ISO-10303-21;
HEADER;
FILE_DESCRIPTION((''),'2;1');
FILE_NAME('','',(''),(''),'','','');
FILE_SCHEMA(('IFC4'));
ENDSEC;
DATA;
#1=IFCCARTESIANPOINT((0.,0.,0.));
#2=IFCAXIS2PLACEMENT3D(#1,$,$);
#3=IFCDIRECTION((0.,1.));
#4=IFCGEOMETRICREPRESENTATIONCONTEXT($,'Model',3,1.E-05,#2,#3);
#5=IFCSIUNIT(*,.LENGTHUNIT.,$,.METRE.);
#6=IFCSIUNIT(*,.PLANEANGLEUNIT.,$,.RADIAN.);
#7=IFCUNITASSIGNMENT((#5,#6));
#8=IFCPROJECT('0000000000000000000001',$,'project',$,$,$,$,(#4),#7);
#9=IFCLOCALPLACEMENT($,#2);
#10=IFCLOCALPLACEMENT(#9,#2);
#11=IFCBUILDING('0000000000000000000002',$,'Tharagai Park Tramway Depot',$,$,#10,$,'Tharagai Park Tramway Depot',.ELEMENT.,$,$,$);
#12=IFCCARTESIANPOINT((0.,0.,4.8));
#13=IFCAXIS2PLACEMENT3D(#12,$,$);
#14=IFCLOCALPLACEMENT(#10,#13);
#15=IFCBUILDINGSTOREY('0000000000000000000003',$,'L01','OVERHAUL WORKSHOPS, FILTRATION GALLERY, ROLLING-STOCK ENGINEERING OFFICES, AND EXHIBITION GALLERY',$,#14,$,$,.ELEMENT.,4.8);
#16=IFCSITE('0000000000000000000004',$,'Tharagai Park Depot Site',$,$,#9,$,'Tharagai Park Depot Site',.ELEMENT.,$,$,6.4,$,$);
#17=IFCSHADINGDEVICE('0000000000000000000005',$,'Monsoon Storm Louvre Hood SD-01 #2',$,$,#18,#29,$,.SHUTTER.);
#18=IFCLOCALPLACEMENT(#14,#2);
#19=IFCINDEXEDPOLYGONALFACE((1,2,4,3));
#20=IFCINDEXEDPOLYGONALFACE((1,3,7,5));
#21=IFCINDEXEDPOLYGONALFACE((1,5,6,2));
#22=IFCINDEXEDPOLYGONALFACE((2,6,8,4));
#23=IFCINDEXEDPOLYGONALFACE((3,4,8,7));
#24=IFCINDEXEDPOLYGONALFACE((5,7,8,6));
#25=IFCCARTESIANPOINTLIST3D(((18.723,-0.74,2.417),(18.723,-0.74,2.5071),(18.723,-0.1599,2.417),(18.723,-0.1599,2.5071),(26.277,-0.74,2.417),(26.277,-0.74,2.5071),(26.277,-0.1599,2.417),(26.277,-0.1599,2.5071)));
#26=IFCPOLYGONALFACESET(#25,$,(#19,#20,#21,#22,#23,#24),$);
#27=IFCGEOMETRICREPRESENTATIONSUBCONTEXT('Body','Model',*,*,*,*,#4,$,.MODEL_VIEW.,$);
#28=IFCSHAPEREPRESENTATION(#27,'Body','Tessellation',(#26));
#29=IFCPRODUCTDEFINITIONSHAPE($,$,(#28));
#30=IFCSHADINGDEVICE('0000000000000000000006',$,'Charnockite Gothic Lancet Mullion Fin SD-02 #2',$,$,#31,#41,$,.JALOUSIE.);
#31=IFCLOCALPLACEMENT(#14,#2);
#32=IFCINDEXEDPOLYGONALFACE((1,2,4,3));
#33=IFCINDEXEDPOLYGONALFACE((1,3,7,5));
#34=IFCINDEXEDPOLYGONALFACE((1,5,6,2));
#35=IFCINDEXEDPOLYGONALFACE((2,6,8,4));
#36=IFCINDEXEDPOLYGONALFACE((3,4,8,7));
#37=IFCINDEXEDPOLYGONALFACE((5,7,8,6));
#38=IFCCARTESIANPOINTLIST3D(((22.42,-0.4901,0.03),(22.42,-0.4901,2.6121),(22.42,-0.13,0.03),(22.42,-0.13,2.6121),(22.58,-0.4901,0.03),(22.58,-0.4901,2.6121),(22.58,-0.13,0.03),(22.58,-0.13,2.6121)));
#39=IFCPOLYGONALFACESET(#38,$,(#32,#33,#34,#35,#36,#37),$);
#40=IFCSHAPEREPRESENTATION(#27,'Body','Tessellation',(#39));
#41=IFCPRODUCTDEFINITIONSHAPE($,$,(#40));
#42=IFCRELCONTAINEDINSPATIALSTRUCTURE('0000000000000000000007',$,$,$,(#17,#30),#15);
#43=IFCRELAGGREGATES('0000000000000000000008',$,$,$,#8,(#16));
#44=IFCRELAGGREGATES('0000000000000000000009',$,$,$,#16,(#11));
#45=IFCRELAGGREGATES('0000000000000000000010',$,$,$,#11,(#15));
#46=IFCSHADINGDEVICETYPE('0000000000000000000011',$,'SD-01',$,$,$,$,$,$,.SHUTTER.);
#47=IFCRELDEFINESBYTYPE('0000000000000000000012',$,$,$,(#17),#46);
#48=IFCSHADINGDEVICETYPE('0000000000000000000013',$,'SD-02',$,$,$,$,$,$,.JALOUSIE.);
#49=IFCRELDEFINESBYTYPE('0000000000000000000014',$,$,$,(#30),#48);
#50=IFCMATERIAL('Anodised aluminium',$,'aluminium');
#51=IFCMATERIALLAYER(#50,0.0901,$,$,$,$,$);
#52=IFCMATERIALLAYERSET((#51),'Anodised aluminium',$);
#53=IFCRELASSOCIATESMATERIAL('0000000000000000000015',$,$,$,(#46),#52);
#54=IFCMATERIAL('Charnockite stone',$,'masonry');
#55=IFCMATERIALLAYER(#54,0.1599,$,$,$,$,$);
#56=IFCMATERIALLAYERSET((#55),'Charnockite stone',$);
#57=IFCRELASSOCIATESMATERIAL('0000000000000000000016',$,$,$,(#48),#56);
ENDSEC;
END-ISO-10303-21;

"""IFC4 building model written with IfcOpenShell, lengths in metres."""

from ifc_helpers import new_model, si_unit, direction, frame, origin, origin_2d, place, context, subcontext, project, spatial, rectangle, extrude, material, layer, layer_set, type_object, element, save


model = new_model("IFC4")

# Units and contexts
model_context = context("Model", 3, precision=1e-05, world=origin(), true_north=direction((0.0, 1.0)))
body_context = subcontext(model_context, "Body", "Model", "MODEL_VIEW")
ifc_project = project(units=[si_unit("LENGTHUNIT", "METRE"), si_unit("PLANEANGLEUNIT", "RADIAN")], contexts=[model_context])

# Site, building, storey
site_placement = place(None, origin())
site = spatial("IfcSite", under=ifc_project, at=site_placement, Name="Tharagai Park Depot Site", LongName="Tharagai Park Depot Site", CompositionType="ELEMENT", RefElevation=6.4)
building_placement = place(site_placement, origin())
building = spatial("IfcBuilding", under=site, at=building_placement, Name="Tharagai Park Tramway Depot", LongName="Tharagai Park Tramway Depot", CompositionType="ELEMENT")
storey_placement = place(building_placement, frame((0.0, 0.0, 4.8)))
storey = spatial("IfcBuildingStorey", under=building, at=storey_placement, Name="L01", Description="OVERHAUL WORKSHOPS, FILTRATION GALLERY, ROLLING-STOCK ENGINEERING OFFICES, AND EXHIBITION GALLERY", CompositionType="ELEMENT", Elevation=4.8)

# Shared definitions
ifc_material_1 = material(Name="Anodised aluminium", Category="aluminium")

# Shading devices
ifc_layer_1 = layer(ifc_material_1, 0.0901)
ifc_layer_set_1 = layer_set([ifc_layer_1], Name="Anodised aluminium")
shading_device_type_1 = type_object("IfcShadingDeviceType", Name="SD-01", PredefinedType="SHUTTER", material=ifc_layer_set_1)
shading_device_1_placement = place(storey_placement, frame((22.5, -0.45, 2.417), z_axis=(0.0, 0.0, 1.0), x_axis=(1.0, 0.0, 0.0)))
element("IfcShadingDevice", 1, at=shading_device_1_placement, inside=storey, type_object=shading_device_type_1, Name="Monsoon Storm Louvre Hood SD-01 #2", PredefinedType="SHUTTER", context=body_context, shape_type="SweptSolid", body=[
    extrude(rectangle(XDim=7.554, YDim=0.5801, at=origin_2d()), origin(), (0.0, 0.0, 1.0), 0.0901),
])
ifc_material_2 = material(Name="Charnockite stone", Category="masonry")
ifc_layer_2 = layer(ifc_material_2, 0.1599)
ifc_layer_set_2 = layer_set([ifc_layer_2], Name="Charnockite stone")
shading_device_type_2 = type_object("IfcShadingDeviceType", Name="SD-02", PredefinedType="JALOUSIE", material=ifc_layer_set_2)
shading_device_2_placement = place(storey_placement, frame((22.5, -0.3101, 0.03), z_axis=(0.0, 0.0, 1.0), x_axis=(1.0, 0.0, 0.0)))
element("IfcShadingDevice", 2, at=shading_device_2_placement, inside=storey, type_object=shading_device_type_2, Name="Charnockite Gothic Lancet Mullion Fin SD-02 #2", PredefinedType="JALOUSIE", context=body_context, shape_type="SweptSolid", body=[
    extrude(rectangle(XDim=0.1599, YDim=0.3601, at=origin_2d()), origin(), (0.0, 0.0, 1.0), 2.582),
])

save(model, "model.ifc")
